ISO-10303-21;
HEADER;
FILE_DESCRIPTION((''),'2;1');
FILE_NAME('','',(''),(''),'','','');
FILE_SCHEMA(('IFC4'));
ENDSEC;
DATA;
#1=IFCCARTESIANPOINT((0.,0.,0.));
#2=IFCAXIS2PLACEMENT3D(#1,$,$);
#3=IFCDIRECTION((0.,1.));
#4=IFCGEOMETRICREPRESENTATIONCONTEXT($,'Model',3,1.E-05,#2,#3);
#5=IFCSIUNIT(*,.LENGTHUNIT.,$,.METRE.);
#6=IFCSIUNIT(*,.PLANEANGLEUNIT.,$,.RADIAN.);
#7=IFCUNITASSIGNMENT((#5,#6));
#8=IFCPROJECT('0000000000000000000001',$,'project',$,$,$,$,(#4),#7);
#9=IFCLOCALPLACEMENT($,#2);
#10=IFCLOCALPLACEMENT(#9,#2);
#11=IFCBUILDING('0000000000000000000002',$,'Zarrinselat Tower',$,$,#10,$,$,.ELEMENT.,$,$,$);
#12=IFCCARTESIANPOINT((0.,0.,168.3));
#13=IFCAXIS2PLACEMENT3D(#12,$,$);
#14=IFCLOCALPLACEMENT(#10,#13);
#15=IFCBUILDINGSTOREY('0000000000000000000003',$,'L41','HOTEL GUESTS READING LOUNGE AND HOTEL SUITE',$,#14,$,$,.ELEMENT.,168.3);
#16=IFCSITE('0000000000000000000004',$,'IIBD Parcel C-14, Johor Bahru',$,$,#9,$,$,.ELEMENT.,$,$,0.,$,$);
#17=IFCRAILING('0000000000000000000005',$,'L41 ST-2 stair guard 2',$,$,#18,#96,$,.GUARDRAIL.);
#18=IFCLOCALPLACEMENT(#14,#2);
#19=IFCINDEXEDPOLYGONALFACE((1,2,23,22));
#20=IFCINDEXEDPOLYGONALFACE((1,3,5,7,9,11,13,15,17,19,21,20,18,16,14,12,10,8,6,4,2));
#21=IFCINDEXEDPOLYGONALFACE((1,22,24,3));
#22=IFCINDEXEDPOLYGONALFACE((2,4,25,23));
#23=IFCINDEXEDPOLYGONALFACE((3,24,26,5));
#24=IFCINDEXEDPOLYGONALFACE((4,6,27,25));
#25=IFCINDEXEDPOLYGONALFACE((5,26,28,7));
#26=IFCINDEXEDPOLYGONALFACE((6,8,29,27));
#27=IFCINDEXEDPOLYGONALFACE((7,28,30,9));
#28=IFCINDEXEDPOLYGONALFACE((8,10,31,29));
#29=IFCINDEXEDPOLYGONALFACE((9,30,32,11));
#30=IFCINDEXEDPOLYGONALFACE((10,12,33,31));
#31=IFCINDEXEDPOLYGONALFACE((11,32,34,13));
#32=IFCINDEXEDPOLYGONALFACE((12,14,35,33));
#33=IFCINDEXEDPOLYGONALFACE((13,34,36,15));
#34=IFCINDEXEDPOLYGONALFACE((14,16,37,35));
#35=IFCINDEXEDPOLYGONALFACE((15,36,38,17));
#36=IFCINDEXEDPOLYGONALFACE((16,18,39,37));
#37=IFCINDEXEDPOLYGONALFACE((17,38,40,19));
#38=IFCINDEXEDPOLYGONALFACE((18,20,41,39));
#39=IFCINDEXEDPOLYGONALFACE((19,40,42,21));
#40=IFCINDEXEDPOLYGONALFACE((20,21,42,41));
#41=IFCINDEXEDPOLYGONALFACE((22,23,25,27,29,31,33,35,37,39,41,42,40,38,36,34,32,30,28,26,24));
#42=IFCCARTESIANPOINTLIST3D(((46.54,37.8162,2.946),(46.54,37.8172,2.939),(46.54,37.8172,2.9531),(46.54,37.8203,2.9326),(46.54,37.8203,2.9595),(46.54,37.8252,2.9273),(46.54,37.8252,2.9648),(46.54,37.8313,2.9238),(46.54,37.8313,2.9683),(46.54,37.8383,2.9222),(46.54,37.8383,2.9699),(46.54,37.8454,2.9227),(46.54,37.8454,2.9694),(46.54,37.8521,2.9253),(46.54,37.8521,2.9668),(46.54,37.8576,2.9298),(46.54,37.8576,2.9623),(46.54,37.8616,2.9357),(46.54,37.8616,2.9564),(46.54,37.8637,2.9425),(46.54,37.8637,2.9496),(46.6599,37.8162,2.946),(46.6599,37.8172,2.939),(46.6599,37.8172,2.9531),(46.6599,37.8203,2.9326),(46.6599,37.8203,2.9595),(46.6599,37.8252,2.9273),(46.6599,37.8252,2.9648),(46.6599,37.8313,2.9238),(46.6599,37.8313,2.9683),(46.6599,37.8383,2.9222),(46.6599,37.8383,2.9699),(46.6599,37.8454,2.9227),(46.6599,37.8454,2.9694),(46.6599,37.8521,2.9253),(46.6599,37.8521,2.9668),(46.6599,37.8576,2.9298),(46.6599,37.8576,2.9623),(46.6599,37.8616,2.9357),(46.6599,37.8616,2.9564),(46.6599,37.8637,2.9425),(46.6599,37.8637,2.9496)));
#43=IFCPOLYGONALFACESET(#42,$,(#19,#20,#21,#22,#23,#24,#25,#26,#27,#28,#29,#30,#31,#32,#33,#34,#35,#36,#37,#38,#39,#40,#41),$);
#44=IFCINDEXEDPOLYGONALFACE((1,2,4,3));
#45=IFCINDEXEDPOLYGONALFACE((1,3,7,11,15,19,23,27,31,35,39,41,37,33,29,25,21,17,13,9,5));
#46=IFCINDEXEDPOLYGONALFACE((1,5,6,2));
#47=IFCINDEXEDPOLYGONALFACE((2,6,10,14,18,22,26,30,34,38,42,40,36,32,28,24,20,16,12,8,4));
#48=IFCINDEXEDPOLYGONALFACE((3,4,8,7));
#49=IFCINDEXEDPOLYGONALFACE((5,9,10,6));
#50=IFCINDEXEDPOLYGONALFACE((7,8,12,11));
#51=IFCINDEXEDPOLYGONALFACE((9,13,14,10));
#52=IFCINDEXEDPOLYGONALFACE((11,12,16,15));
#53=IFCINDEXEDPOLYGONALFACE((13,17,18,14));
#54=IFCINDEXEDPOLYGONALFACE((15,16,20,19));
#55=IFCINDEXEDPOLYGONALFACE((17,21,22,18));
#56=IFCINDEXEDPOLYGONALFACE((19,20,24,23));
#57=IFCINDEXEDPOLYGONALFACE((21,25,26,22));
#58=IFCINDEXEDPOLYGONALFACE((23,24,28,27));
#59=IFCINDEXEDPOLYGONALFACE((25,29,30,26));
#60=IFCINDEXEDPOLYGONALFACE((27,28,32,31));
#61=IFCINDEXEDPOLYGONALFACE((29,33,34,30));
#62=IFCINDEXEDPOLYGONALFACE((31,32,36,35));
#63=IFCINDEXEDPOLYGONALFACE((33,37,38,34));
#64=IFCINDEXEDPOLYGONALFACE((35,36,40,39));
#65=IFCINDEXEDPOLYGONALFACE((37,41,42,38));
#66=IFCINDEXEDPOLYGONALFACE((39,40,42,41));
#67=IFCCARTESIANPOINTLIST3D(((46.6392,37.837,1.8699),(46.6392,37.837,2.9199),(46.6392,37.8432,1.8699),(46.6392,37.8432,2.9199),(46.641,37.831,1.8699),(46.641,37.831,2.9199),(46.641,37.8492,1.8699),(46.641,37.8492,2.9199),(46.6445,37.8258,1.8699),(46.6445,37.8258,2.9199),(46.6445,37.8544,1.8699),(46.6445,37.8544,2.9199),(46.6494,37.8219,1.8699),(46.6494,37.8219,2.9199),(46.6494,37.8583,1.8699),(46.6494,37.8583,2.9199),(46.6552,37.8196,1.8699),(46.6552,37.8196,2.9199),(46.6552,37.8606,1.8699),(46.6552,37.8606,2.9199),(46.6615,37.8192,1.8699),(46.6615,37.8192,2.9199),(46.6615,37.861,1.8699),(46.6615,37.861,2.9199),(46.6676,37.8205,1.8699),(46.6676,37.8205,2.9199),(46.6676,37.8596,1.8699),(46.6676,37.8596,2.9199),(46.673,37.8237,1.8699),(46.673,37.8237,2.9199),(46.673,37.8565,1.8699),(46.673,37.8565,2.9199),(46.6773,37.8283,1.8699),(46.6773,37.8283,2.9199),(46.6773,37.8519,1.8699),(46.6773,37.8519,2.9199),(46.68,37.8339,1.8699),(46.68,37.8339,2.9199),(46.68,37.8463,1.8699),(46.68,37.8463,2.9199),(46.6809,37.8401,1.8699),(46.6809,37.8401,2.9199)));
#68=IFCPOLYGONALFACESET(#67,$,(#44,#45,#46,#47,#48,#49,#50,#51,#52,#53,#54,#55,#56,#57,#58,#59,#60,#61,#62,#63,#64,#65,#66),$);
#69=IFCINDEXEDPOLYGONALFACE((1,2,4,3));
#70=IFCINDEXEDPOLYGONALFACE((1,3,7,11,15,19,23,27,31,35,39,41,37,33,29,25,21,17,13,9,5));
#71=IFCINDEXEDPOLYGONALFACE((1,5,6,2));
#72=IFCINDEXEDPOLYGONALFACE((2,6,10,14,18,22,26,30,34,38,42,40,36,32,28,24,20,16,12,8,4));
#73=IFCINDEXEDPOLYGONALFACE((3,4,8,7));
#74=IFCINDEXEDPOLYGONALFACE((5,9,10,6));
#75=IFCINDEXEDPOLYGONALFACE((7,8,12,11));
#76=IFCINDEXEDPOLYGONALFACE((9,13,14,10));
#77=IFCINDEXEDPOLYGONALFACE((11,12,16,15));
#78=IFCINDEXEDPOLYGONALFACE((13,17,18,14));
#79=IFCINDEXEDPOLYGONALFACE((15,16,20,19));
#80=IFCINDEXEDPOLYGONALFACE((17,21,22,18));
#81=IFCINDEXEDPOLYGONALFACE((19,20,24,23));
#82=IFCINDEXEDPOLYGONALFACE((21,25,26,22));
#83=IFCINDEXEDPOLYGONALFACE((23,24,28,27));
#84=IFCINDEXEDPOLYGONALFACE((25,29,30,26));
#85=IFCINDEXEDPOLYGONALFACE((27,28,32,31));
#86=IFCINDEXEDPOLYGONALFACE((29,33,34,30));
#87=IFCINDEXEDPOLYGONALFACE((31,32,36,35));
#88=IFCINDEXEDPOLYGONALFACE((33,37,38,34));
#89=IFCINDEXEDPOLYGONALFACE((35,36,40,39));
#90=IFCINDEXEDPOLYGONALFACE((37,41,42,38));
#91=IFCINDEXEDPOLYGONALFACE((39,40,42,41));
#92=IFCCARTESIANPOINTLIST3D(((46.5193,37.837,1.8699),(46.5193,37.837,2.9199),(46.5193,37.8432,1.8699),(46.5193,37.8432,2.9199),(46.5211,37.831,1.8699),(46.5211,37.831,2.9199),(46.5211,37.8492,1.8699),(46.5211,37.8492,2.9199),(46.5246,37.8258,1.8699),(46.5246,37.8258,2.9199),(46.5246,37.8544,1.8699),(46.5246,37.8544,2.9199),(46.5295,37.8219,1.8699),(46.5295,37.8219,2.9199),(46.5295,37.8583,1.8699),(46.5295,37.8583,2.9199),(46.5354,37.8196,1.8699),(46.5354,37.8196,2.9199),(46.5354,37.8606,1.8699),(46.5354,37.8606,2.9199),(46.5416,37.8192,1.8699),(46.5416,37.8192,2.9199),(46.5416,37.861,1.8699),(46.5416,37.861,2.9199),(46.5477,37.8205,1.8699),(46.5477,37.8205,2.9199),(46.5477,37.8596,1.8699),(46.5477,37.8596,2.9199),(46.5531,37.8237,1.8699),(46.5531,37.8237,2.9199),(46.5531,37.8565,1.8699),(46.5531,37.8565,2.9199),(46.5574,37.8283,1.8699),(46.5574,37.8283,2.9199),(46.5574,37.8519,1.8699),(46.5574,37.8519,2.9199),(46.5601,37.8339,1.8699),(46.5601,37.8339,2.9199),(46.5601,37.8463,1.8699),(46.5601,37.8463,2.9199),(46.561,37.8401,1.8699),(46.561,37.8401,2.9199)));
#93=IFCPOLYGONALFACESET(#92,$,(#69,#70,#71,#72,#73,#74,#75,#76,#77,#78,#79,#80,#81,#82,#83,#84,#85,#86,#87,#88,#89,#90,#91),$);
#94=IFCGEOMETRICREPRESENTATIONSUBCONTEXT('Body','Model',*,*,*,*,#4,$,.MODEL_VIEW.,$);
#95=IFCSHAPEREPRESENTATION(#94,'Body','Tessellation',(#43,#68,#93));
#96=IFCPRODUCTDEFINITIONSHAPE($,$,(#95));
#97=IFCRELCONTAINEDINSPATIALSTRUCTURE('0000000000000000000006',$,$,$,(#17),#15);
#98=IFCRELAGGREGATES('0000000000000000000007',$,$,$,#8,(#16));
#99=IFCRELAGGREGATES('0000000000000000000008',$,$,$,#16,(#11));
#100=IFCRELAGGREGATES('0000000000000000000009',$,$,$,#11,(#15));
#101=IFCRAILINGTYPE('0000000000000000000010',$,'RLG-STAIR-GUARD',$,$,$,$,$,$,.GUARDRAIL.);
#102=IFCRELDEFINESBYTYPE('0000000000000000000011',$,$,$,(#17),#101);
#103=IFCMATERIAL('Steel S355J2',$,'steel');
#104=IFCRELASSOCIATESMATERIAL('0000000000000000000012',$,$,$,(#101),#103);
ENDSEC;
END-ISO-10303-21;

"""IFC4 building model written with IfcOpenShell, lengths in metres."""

from ifc_helpers import new_model, si_unit, direction, frame, origin, origin_2d, place, context, subcontext, project, spatial, circle, extrude, material, type_object, element, save


model = new_model("IFC4")

# Units and contexts
model_context = context("Model", 3, precision=1e-05, world=origin(), true_north=direction((0.0, 1.0)))
body_context = subcontext(model_context, "Body", "Model", "MODEL_VIEW")
ifc_project = project(units=[si_unit("LENGTHUNIT", "METRE"), si_unit("PLANEANGLEUNIT", "RADIAN")], contexts=[model_context])

# Site, building, storey
site_placement = place(None, origin())
site = spatial("IfcSite", under=ifc_project, at=site_placement, Name="IIBD Parcel C-14, Johor Bahru", CompositionType="ELEMENT", RefElevation=0.0)
building_placement = place(site_placement, origin())
building = spatial("IfcBuilding", under=site, at=building_placement, Name="Zarrinselat Tower", CompositionType="ELEMENT")
storey_placement = place(building_placement, frame((0.0, 0.0, 168.3)))
storey = spatial("IfcBuildingStorey", under=building, at=storey_placement, Name="L41", Description="HOTEL GUESTS READING LOUNGE AND HOTEL SUITE", CompositionType="ELEMENT", Elevation=168.3)

# Railing
ifc_material_1 = material(Name="Steel S355J2", Category="steel")
railing_type_1 = type_object("IfcRailingType", Name="RLG-STAIR-GUARD", PredefinedType="GUARDRAIL", material=ifc_material_1)
railing_1_placement = place(storey_placement, frame((46.6599, 37.8401, 1.8699)))
element("IfcRailing", 1, at=railing_1_placement, inside=storey, type_object=railing_type_1, Name="L41 ST-2 stair guard 2", PredefinedType="GUARDRAIL", context=body_context, shape_type="SweptSolid", body=[
    extrude(circle(Radius=0.0239, at=origin_2d()), frame((0.0, 0.0, 1.0762), z_axis=(-1.0, 0.0, 0.0), x_axis=(0.0, -1.0, 0.0)), (0.0, 0.0, 1.0), 0.1199),
    extrude(circle(Radius=0.021, at=origin_2d()), origin(), (0.0, 0.0, 1.0), 1.05),
    extrude(circle(Radius=0.021, at=origin_2d()), frame((-0.1199, 0.0, 0.0)), (0.0, 0.0, 1.0), 1.05),
])

save(model, "model.ifc")
